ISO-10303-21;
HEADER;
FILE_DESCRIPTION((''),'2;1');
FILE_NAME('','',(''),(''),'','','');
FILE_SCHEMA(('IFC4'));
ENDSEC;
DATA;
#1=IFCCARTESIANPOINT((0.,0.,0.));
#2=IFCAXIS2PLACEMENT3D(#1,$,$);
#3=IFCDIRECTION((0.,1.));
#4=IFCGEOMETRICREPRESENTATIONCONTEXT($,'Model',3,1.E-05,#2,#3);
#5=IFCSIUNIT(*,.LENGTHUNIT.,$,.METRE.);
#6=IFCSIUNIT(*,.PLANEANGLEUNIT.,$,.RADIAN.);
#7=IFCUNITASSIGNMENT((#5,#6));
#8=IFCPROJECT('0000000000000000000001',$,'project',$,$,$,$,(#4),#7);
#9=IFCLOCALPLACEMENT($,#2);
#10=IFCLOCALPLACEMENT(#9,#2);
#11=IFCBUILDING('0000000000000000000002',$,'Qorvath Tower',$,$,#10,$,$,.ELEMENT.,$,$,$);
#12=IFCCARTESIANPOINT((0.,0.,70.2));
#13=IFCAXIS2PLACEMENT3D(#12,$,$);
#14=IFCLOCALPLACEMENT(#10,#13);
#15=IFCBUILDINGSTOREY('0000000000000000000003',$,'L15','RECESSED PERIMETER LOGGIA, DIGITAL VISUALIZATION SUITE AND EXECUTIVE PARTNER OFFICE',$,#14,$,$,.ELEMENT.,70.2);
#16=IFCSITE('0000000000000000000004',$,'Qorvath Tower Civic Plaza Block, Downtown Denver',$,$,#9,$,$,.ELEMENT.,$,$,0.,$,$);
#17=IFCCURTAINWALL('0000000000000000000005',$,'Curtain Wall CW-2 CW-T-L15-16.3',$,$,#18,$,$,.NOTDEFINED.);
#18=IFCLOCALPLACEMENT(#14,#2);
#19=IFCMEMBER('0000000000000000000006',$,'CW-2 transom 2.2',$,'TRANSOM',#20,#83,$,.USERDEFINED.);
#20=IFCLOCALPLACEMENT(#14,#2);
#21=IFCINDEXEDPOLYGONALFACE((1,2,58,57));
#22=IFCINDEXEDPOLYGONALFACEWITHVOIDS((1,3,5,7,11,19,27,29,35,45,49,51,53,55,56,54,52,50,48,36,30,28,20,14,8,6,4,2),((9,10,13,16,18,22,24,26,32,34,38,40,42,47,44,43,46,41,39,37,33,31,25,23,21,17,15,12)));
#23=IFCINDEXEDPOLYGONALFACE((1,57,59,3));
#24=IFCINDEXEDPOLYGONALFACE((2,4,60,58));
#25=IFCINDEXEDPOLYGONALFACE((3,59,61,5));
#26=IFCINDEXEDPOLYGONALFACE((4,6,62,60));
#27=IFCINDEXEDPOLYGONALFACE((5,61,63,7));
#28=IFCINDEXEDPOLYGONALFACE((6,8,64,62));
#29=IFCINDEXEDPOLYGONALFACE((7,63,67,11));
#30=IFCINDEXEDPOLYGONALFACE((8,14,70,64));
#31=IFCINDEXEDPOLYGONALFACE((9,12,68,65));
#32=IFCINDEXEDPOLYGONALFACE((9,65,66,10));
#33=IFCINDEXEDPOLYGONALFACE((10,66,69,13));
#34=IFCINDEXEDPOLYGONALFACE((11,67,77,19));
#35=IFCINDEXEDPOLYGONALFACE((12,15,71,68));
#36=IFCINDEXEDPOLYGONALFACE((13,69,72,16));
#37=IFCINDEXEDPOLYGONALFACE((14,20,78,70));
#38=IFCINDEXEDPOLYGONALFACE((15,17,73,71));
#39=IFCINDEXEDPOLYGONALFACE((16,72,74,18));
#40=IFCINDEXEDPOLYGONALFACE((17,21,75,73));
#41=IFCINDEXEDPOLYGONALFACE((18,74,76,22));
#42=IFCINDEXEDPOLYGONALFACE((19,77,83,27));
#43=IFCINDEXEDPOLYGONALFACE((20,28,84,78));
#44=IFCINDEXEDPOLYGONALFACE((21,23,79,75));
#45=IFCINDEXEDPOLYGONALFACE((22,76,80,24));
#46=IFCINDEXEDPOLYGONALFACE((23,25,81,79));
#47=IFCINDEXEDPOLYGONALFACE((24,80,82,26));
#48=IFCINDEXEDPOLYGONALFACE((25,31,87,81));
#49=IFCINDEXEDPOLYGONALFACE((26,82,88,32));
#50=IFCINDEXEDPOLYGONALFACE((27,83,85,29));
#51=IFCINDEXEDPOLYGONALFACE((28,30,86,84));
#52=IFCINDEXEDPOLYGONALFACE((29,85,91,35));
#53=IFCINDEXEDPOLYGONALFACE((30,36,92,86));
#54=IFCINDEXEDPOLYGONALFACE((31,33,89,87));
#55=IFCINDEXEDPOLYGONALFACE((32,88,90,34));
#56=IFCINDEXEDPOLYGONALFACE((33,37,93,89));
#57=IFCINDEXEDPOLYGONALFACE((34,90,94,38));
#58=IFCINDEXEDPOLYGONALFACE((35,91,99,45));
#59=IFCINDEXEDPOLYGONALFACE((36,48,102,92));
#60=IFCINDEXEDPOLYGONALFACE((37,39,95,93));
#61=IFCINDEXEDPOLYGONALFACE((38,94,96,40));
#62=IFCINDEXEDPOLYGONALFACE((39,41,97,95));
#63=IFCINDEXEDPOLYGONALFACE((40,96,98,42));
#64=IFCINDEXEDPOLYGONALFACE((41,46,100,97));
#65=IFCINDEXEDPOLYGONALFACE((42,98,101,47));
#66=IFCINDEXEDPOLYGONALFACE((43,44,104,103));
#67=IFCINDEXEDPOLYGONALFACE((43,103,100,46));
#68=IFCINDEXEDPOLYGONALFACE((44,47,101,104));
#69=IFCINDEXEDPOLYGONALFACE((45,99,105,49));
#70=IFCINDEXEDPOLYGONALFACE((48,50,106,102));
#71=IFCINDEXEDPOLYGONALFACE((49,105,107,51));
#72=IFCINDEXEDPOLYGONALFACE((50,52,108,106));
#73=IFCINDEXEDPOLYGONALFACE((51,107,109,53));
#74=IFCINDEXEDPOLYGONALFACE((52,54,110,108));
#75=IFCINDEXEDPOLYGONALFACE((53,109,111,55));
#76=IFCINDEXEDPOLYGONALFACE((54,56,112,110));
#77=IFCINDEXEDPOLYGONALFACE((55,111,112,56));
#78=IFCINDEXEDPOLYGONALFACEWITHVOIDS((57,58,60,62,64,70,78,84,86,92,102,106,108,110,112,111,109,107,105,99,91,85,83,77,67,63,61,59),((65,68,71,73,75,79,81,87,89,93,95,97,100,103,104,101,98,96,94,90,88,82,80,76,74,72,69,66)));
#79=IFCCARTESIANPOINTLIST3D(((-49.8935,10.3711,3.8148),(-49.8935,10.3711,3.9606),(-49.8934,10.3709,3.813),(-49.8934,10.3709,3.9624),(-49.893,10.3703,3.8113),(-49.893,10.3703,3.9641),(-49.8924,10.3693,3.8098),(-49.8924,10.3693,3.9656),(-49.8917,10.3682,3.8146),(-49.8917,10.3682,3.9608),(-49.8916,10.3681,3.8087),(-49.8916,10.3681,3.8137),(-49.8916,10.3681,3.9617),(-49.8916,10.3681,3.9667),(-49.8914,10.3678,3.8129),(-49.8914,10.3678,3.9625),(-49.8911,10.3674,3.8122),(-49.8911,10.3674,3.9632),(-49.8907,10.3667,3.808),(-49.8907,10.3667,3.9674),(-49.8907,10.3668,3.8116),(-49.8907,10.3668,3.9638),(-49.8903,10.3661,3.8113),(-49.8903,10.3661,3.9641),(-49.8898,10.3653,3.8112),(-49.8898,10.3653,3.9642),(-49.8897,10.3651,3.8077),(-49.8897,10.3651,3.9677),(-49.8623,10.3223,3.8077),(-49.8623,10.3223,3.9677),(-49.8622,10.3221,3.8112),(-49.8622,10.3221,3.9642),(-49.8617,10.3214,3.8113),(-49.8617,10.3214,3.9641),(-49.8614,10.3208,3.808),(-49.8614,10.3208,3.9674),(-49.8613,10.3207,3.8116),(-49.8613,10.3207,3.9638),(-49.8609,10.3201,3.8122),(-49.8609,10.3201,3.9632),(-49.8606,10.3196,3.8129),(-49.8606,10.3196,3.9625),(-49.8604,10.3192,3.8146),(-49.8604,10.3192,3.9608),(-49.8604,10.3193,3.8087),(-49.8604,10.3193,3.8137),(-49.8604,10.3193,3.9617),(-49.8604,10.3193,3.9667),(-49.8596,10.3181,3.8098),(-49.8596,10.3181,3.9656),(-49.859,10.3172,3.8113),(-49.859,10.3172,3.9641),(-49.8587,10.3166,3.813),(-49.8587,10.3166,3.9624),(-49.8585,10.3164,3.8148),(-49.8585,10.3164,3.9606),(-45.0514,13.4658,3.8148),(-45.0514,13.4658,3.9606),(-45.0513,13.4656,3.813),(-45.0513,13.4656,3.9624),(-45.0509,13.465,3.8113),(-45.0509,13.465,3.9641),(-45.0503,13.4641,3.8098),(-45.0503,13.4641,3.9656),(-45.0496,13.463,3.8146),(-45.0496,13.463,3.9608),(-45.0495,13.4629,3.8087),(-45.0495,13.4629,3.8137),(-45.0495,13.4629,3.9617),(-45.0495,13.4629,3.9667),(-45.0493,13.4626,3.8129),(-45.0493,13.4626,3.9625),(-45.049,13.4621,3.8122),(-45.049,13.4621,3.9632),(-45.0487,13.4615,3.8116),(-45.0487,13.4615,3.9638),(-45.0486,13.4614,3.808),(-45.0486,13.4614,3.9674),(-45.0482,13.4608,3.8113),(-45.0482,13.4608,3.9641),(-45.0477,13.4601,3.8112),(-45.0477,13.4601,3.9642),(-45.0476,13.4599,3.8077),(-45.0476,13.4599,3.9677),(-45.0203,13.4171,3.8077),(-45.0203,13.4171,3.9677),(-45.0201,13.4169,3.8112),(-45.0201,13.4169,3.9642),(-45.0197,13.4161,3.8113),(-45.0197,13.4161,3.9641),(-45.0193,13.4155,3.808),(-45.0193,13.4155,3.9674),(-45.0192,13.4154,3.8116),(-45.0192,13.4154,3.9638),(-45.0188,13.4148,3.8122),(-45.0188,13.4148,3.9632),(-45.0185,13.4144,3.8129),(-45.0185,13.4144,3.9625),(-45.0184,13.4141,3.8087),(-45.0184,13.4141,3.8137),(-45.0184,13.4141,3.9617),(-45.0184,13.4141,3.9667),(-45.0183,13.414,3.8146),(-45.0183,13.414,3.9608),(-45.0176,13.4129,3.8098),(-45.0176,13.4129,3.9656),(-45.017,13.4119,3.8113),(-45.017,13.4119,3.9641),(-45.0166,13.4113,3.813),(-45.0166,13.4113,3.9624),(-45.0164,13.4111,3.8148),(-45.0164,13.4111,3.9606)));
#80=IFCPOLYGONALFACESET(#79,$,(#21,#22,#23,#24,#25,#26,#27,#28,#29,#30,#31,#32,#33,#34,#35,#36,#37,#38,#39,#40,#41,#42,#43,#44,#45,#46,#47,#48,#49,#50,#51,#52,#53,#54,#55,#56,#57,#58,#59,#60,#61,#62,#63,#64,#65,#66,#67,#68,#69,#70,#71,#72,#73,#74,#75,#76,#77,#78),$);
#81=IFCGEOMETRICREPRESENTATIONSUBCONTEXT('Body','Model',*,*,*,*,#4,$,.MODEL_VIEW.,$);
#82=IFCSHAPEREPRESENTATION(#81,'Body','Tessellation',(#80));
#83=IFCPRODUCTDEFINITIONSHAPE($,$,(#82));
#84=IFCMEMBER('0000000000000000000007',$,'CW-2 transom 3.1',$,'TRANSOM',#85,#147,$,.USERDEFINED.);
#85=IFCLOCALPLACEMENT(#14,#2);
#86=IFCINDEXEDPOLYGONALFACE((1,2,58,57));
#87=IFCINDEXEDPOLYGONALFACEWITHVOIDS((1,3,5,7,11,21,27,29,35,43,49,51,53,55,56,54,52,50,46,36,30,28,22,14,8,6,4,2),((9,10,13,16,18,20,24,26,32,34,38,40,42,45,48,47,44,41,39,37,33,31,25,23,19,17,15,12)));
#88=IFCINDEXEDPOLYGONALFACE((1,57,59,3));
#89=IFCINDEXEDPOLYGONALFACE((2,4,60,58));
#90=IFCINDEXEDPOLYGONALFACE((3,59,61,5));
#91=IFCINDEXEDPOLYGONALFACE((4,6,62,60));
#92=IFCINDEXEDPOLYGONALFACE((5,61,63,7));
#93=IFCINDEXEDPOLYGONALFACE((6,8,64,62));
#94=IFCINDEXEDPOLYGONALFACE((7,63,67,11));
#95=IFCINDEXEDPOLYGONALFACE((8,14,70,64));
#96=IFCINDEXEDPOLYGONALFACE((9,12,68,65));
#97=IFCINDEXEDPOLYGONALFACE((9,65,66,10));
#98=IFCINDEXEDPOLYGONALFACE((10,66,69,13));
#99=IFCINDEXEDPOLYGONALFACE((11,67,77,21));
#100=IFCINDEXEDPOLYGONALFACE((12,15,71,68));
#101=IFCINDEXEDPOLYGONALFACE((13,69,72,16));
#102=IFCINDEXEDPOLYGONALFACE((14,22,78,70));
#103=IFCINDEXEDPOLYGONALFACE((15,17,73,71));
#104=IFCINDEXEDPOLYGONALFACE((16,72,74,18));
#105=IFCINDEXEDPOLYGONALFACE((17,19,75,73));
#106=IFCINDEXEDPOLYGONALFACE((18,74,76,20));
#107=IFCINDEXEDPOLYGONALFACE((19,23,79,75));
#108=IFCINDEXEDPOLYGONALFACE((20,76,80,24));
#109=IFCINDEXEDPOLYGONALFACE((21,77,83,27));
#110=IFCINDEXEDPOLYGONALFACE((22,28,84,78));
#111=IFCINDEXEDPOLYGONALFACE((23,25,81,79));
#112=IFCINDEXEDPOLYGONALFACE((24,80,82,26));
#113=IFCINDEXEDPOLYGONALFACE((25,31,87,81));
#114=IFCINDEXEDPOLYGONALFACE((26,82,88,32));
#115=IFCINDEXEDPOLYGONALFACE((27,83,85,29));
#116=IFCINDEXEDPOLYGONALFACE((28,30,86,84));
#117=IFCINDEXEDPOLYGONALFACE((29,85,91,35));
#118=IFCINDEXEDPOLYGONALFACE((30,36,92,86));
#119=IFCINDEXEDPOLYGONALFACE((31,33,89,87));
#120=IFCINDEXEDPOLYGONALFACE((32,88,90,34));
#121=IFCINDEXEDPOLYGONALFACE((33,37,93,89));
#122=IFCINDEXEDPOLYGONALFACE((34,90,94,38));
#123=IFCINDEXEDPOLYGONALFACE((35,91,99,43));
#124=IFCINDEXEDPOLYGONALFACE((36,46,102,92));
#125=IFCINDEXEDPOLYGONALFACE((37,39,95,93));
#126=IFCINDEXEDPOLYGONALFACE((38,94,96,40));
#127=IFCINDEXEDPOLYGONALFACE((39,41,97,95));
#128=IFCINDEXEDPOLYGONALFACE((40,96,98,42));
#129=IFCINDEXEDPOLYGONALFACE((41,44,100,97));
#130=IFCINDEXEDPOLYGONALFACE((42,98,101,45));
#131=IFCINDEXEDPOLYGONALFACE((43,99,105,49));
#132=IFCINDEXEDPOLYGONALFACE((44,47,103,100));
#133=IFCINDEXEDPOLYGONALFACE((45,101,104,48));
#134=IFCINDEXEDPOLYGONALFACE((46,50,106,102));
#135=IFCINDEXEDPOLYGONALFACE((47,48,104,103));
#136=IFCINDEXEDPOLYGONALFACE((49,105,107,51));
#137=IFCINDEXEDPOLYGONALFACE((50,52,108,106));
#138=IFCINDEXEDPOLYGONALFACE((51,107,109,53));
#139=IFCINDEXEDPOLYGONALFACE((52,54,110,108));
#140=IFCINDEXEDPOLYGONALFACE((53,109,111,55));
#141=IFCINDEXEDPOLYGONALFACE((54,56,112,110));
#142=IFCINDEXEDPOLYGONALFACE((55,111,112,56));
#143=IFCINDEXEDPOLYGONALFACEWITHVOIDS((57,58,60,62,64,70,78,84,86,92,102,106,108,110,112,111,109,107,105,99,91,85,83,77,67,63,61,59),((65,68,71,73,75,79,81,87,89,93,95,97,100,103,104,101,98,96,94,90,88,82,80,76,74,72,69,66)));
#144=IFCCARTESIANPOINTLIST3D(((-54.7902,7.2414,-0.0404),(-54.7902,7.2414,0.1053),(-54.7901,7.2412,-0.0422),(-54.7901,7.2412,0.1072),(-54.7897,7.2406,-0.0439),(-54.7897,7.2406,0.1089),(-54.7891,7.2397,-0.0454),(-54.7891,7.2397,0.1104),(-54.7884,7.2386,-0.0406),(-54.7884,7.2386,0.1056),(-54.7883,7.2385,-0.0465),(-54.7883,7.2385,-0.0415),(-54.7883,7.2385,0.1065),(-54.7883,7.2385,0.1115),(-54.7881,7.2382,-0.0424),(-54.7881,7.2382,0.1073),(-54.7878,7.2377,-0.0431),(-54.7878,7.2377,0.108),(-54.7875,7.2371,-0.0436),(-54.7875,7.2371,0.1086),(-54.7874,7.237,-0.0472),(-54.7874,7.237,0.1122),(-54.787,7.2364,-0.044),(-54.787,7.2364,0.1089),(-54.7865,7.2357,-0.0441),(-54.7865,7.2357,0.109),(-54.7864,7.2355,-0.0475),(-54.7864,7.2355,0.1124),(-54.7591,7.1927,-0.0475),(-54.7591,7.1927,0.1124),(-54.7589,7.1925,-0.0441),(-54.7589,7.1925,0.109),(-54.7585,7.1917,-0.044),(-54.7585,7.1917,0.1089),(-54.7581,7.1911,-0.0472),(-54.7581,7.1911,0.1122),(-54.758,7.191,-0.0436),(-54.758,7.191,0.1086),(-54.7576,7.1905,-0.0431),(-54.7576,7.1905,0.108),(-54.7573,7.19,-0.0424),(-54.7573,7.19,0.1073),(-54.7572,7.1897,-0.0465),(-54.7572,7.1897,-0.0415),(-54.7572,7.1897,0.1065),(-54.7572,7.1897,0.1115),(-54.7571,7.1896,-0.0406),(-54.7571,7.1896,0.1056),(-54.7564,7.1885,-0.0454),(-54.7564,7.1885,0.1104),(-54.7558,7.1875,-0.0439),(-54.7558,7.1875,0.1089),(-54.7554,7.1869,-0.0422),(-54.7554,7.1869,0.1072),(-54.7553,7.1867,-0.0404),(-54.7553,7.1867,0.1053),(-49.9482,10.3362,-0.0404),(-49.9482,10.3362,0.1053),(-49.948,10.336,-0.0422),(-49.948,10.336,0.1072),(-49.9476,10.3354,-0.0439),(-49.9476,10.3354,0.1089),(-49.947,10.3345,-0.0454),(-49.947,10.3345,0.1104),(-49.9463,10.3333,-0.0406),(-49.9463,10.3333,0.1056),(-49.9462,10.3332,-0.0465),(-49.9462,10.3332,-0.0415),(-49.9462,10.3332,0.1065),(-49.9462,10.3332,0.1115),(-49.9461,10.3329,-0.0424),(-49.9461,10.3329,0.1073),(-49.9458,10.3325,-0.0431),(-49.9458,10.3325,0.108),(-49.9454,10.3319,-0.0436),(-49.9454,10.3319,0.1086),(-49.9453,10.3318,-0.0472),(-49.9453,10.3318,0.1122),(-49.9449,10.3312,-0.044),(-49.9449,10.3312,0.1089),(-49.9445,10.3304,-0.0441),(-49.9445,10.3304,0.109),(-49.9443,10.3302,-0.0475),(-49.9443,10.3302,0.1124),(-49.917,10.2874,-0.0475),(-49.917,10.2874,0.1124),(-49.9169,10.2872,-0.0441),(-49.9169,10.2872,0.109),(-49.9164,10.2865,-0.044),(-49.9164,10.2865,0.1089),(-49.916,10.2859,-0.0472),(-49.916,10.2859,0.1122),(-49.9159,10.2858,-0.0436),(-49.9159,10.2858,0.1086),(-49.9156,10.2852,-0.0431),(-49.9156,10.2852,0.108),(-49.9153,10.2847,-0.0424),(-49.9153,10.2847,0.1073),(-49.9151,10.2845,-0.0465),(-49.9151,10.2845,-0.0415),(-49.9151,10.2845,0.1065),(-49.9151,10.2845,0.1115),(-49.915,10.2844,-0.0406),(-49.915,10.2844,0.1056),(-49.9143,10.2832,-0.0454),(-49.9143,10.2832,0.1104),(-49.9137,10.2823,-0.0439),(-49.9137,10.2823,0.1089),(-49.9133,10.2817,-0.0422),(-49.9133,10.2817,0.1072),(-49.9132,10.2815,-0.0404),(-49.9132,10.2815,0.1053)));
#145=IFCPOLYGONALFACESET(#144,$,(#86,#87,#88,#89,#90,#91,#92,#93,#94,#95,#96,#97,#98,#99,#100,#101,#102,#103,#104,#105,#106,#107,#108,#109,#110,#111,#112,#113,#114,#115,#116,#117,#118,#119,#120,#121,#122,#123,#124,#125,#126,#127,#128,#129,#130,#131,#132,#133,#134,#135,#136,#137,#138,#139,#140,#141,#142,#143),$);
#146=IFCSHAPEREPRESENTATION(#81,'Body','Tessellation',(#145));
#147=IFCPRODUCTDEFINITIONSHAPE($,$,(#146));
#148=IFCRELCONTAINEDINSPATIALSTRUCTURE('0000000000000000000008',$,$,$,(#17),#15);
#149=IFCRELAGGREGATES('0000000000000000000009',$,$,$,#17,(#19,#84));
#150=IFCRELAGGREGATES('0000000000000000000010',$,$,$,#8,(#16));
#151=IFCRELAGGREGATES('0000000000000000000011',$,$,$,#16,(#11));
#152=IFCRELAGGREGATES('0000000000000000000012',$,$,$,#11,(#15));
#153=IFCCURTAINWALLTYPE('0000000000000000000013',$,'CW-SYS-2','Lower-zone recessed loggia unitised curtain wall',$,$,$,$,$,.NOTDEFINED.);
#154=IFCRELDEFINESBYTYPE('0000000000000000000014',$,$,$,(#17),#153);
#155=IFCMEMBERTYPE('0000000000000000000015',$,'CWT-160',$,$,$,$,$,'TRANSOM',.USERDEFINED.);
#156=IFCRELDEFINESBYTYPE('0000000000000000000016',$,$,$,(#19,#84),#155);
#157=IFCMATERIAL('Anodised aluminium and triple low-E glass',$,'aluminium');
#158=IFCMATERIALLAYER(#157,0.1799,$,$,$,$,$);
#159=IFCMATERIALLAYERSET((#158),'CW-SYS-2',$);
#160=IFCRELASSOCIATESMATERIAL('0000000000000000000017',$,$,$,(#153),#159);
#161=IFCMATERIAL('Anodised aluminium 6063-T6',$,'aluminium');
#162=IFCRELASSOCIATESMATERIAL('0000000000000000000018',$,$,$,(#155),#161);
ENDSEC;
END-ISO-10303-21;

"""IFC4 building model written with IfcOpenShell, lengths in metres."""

from ifc_helpers import new_model, si_unit, direction, frame, origin, origin_2d, place, context, subcontext, project, spatial, hollow_rectangle, extrude, material, layer, layer_set, material_profile, profile_set, type_object, element, aggregate, save


model = new_model("IFC4")

# Units and contexts
model_context = context("Model", 3, precision=1e-05, world=origin(), true_north=direction((0.0, 1.0)))
body_context = subcontext(model_context, "Body", "Model", "MODEL_VIEW")
ifc_project = project(units=[si_unit("LENGTHUNIT", "METRE"), si_unit("PLANEANGLEUNIT", "RADIAN")], contexts=[model_context])

# Site, building, storey
site_placement = place(None, origin())
site = spatial("IfcSite", under=ifc_project, at=site_placement, Name="Qorvath Tower Civic Plaza Block, Downtown Denver", CompositionType="ELEMENT", RefElevation=0.0)
building_placement = place(site_placement, origin())
building = spatial("IfcBuilding", under=site, at=building_placement, Name="Qorvath Tower", CompositionType="ELEMENT")
storey_placement = place(building_placement, frame((0.0, 0.0, 70.2)))
storey = spatial("IfcBuildingStorey", under=building, at=storey_placement, Name="L15", Description="RECESSED PERIMETER LOGGIA, DIGITAL VISUALIZATION SUITE AND EXECUTIVE PARTNER OFFICE", CompositionType="ELEMENT", Elevation=70.2)

# Shared definitions
ifc_material_1 = material(Name="Anodised aluminium and triple low-E glass", Category="aluminium")
ifc_layer_1 = layer(ifc_material_1, 0.1799)
ifc_layer_set_1 = layer_set([ifc_layer_1], Name="CW-SYS-2")
curtain_wall_type = type_object("IfcCurtainWallType", Name="CW-SYS-2", Description="Lower-zone recessed loggia unitised curtain wall", PredefinedType="NOTDEFINED", material=ifc_layer_set_1)

# Curtain wall, members
curtain_wall_1_placement = place(storey_placement, origin())
curtain_wall_1 = element("IfcCurtainWall", 1, at=curtain_wall_1_placement, inside=storey, type_object=curtain_wall_type, Name="Curtain Wall CW-2 CW-T-L15-16.3", PredefinedType="NOTDEFINED")
ifc_material_2 = material(Name="Anodised aluminium 6063-T6", Category="aluminium")
ifc_material_profile_1 = material_profile(ifc_material_2, hollow_rectangle(XDim=0.0649, YDim=0.1599, WallThickness=0.0034, InnerFilletRadius=0.0034, OuterFilletRadius=0.0071, at=origin_2d()), Name="CWT 160x65")
ifc_profile_set_1 = profile_set([ifc_material_profile_1], Name="Anodised aluminium 6063-T6")
member_type_1 = type_object("IfcMemberType", Name="CWT-160", ElementType="TRANSOM", PredefinedType="USERDEFINED", material=ifc_profile_set_1)
member_1_placement = place(storey_placement, frame((-45.0339, 13.4385, 3.8877), z_axis=(-0.842601, -0.538538, 0.0), x_axis=(0.538538, -0.842601, 0.0)))
member_1 = element("IfcMember", 2, at=member_1_placement, type_object=member_type_1, Name="CW-2 transom 2.2", ObjectType="TRANSOM", PredefinedType="USERDEFINED", context=body_context, shape_type="SweptSolid", body=[
    extrude(hollow_rectangle(XDim=0.0649, YDim=0.1599, WallThickness=0.0034, InnerFilletRadius=0.0034, OuterFilletRadius=0.0071, at=origin_2d()), origin(), (0.0, 0.0, 1.0), 5.7466),
])
member_2_placement = place(storey_placement, frame((-49.9307, 10.3088, 0.0325), z_axis=(-0.842601, -0.538538, 0.0), x_axis=(0.538538, -0.842601, 0.0)))
member_2 = element("IfcMember", 3, at=member_2_placement, type_object=member_type_1, Name="CW-2 transom 3.1", ObjectType="TRANSOM", PredefinedType="USERDEFINED", context=body_context, shape_type="SweptSolid", body=[
    extrude(hollow_rectangle(XDim=0.0649, YDim=0.1599, WallThickness=0.0034, InnerFilletRadius=0.0034, OuterFilletRadius=0.0071, at=origin_2d()), origin(), (0.0, 0.0, 1.0), 5.7466),
])
aggregate(curtain_wall_1, [member_1, member_2])

save(model, "model.ifc")
